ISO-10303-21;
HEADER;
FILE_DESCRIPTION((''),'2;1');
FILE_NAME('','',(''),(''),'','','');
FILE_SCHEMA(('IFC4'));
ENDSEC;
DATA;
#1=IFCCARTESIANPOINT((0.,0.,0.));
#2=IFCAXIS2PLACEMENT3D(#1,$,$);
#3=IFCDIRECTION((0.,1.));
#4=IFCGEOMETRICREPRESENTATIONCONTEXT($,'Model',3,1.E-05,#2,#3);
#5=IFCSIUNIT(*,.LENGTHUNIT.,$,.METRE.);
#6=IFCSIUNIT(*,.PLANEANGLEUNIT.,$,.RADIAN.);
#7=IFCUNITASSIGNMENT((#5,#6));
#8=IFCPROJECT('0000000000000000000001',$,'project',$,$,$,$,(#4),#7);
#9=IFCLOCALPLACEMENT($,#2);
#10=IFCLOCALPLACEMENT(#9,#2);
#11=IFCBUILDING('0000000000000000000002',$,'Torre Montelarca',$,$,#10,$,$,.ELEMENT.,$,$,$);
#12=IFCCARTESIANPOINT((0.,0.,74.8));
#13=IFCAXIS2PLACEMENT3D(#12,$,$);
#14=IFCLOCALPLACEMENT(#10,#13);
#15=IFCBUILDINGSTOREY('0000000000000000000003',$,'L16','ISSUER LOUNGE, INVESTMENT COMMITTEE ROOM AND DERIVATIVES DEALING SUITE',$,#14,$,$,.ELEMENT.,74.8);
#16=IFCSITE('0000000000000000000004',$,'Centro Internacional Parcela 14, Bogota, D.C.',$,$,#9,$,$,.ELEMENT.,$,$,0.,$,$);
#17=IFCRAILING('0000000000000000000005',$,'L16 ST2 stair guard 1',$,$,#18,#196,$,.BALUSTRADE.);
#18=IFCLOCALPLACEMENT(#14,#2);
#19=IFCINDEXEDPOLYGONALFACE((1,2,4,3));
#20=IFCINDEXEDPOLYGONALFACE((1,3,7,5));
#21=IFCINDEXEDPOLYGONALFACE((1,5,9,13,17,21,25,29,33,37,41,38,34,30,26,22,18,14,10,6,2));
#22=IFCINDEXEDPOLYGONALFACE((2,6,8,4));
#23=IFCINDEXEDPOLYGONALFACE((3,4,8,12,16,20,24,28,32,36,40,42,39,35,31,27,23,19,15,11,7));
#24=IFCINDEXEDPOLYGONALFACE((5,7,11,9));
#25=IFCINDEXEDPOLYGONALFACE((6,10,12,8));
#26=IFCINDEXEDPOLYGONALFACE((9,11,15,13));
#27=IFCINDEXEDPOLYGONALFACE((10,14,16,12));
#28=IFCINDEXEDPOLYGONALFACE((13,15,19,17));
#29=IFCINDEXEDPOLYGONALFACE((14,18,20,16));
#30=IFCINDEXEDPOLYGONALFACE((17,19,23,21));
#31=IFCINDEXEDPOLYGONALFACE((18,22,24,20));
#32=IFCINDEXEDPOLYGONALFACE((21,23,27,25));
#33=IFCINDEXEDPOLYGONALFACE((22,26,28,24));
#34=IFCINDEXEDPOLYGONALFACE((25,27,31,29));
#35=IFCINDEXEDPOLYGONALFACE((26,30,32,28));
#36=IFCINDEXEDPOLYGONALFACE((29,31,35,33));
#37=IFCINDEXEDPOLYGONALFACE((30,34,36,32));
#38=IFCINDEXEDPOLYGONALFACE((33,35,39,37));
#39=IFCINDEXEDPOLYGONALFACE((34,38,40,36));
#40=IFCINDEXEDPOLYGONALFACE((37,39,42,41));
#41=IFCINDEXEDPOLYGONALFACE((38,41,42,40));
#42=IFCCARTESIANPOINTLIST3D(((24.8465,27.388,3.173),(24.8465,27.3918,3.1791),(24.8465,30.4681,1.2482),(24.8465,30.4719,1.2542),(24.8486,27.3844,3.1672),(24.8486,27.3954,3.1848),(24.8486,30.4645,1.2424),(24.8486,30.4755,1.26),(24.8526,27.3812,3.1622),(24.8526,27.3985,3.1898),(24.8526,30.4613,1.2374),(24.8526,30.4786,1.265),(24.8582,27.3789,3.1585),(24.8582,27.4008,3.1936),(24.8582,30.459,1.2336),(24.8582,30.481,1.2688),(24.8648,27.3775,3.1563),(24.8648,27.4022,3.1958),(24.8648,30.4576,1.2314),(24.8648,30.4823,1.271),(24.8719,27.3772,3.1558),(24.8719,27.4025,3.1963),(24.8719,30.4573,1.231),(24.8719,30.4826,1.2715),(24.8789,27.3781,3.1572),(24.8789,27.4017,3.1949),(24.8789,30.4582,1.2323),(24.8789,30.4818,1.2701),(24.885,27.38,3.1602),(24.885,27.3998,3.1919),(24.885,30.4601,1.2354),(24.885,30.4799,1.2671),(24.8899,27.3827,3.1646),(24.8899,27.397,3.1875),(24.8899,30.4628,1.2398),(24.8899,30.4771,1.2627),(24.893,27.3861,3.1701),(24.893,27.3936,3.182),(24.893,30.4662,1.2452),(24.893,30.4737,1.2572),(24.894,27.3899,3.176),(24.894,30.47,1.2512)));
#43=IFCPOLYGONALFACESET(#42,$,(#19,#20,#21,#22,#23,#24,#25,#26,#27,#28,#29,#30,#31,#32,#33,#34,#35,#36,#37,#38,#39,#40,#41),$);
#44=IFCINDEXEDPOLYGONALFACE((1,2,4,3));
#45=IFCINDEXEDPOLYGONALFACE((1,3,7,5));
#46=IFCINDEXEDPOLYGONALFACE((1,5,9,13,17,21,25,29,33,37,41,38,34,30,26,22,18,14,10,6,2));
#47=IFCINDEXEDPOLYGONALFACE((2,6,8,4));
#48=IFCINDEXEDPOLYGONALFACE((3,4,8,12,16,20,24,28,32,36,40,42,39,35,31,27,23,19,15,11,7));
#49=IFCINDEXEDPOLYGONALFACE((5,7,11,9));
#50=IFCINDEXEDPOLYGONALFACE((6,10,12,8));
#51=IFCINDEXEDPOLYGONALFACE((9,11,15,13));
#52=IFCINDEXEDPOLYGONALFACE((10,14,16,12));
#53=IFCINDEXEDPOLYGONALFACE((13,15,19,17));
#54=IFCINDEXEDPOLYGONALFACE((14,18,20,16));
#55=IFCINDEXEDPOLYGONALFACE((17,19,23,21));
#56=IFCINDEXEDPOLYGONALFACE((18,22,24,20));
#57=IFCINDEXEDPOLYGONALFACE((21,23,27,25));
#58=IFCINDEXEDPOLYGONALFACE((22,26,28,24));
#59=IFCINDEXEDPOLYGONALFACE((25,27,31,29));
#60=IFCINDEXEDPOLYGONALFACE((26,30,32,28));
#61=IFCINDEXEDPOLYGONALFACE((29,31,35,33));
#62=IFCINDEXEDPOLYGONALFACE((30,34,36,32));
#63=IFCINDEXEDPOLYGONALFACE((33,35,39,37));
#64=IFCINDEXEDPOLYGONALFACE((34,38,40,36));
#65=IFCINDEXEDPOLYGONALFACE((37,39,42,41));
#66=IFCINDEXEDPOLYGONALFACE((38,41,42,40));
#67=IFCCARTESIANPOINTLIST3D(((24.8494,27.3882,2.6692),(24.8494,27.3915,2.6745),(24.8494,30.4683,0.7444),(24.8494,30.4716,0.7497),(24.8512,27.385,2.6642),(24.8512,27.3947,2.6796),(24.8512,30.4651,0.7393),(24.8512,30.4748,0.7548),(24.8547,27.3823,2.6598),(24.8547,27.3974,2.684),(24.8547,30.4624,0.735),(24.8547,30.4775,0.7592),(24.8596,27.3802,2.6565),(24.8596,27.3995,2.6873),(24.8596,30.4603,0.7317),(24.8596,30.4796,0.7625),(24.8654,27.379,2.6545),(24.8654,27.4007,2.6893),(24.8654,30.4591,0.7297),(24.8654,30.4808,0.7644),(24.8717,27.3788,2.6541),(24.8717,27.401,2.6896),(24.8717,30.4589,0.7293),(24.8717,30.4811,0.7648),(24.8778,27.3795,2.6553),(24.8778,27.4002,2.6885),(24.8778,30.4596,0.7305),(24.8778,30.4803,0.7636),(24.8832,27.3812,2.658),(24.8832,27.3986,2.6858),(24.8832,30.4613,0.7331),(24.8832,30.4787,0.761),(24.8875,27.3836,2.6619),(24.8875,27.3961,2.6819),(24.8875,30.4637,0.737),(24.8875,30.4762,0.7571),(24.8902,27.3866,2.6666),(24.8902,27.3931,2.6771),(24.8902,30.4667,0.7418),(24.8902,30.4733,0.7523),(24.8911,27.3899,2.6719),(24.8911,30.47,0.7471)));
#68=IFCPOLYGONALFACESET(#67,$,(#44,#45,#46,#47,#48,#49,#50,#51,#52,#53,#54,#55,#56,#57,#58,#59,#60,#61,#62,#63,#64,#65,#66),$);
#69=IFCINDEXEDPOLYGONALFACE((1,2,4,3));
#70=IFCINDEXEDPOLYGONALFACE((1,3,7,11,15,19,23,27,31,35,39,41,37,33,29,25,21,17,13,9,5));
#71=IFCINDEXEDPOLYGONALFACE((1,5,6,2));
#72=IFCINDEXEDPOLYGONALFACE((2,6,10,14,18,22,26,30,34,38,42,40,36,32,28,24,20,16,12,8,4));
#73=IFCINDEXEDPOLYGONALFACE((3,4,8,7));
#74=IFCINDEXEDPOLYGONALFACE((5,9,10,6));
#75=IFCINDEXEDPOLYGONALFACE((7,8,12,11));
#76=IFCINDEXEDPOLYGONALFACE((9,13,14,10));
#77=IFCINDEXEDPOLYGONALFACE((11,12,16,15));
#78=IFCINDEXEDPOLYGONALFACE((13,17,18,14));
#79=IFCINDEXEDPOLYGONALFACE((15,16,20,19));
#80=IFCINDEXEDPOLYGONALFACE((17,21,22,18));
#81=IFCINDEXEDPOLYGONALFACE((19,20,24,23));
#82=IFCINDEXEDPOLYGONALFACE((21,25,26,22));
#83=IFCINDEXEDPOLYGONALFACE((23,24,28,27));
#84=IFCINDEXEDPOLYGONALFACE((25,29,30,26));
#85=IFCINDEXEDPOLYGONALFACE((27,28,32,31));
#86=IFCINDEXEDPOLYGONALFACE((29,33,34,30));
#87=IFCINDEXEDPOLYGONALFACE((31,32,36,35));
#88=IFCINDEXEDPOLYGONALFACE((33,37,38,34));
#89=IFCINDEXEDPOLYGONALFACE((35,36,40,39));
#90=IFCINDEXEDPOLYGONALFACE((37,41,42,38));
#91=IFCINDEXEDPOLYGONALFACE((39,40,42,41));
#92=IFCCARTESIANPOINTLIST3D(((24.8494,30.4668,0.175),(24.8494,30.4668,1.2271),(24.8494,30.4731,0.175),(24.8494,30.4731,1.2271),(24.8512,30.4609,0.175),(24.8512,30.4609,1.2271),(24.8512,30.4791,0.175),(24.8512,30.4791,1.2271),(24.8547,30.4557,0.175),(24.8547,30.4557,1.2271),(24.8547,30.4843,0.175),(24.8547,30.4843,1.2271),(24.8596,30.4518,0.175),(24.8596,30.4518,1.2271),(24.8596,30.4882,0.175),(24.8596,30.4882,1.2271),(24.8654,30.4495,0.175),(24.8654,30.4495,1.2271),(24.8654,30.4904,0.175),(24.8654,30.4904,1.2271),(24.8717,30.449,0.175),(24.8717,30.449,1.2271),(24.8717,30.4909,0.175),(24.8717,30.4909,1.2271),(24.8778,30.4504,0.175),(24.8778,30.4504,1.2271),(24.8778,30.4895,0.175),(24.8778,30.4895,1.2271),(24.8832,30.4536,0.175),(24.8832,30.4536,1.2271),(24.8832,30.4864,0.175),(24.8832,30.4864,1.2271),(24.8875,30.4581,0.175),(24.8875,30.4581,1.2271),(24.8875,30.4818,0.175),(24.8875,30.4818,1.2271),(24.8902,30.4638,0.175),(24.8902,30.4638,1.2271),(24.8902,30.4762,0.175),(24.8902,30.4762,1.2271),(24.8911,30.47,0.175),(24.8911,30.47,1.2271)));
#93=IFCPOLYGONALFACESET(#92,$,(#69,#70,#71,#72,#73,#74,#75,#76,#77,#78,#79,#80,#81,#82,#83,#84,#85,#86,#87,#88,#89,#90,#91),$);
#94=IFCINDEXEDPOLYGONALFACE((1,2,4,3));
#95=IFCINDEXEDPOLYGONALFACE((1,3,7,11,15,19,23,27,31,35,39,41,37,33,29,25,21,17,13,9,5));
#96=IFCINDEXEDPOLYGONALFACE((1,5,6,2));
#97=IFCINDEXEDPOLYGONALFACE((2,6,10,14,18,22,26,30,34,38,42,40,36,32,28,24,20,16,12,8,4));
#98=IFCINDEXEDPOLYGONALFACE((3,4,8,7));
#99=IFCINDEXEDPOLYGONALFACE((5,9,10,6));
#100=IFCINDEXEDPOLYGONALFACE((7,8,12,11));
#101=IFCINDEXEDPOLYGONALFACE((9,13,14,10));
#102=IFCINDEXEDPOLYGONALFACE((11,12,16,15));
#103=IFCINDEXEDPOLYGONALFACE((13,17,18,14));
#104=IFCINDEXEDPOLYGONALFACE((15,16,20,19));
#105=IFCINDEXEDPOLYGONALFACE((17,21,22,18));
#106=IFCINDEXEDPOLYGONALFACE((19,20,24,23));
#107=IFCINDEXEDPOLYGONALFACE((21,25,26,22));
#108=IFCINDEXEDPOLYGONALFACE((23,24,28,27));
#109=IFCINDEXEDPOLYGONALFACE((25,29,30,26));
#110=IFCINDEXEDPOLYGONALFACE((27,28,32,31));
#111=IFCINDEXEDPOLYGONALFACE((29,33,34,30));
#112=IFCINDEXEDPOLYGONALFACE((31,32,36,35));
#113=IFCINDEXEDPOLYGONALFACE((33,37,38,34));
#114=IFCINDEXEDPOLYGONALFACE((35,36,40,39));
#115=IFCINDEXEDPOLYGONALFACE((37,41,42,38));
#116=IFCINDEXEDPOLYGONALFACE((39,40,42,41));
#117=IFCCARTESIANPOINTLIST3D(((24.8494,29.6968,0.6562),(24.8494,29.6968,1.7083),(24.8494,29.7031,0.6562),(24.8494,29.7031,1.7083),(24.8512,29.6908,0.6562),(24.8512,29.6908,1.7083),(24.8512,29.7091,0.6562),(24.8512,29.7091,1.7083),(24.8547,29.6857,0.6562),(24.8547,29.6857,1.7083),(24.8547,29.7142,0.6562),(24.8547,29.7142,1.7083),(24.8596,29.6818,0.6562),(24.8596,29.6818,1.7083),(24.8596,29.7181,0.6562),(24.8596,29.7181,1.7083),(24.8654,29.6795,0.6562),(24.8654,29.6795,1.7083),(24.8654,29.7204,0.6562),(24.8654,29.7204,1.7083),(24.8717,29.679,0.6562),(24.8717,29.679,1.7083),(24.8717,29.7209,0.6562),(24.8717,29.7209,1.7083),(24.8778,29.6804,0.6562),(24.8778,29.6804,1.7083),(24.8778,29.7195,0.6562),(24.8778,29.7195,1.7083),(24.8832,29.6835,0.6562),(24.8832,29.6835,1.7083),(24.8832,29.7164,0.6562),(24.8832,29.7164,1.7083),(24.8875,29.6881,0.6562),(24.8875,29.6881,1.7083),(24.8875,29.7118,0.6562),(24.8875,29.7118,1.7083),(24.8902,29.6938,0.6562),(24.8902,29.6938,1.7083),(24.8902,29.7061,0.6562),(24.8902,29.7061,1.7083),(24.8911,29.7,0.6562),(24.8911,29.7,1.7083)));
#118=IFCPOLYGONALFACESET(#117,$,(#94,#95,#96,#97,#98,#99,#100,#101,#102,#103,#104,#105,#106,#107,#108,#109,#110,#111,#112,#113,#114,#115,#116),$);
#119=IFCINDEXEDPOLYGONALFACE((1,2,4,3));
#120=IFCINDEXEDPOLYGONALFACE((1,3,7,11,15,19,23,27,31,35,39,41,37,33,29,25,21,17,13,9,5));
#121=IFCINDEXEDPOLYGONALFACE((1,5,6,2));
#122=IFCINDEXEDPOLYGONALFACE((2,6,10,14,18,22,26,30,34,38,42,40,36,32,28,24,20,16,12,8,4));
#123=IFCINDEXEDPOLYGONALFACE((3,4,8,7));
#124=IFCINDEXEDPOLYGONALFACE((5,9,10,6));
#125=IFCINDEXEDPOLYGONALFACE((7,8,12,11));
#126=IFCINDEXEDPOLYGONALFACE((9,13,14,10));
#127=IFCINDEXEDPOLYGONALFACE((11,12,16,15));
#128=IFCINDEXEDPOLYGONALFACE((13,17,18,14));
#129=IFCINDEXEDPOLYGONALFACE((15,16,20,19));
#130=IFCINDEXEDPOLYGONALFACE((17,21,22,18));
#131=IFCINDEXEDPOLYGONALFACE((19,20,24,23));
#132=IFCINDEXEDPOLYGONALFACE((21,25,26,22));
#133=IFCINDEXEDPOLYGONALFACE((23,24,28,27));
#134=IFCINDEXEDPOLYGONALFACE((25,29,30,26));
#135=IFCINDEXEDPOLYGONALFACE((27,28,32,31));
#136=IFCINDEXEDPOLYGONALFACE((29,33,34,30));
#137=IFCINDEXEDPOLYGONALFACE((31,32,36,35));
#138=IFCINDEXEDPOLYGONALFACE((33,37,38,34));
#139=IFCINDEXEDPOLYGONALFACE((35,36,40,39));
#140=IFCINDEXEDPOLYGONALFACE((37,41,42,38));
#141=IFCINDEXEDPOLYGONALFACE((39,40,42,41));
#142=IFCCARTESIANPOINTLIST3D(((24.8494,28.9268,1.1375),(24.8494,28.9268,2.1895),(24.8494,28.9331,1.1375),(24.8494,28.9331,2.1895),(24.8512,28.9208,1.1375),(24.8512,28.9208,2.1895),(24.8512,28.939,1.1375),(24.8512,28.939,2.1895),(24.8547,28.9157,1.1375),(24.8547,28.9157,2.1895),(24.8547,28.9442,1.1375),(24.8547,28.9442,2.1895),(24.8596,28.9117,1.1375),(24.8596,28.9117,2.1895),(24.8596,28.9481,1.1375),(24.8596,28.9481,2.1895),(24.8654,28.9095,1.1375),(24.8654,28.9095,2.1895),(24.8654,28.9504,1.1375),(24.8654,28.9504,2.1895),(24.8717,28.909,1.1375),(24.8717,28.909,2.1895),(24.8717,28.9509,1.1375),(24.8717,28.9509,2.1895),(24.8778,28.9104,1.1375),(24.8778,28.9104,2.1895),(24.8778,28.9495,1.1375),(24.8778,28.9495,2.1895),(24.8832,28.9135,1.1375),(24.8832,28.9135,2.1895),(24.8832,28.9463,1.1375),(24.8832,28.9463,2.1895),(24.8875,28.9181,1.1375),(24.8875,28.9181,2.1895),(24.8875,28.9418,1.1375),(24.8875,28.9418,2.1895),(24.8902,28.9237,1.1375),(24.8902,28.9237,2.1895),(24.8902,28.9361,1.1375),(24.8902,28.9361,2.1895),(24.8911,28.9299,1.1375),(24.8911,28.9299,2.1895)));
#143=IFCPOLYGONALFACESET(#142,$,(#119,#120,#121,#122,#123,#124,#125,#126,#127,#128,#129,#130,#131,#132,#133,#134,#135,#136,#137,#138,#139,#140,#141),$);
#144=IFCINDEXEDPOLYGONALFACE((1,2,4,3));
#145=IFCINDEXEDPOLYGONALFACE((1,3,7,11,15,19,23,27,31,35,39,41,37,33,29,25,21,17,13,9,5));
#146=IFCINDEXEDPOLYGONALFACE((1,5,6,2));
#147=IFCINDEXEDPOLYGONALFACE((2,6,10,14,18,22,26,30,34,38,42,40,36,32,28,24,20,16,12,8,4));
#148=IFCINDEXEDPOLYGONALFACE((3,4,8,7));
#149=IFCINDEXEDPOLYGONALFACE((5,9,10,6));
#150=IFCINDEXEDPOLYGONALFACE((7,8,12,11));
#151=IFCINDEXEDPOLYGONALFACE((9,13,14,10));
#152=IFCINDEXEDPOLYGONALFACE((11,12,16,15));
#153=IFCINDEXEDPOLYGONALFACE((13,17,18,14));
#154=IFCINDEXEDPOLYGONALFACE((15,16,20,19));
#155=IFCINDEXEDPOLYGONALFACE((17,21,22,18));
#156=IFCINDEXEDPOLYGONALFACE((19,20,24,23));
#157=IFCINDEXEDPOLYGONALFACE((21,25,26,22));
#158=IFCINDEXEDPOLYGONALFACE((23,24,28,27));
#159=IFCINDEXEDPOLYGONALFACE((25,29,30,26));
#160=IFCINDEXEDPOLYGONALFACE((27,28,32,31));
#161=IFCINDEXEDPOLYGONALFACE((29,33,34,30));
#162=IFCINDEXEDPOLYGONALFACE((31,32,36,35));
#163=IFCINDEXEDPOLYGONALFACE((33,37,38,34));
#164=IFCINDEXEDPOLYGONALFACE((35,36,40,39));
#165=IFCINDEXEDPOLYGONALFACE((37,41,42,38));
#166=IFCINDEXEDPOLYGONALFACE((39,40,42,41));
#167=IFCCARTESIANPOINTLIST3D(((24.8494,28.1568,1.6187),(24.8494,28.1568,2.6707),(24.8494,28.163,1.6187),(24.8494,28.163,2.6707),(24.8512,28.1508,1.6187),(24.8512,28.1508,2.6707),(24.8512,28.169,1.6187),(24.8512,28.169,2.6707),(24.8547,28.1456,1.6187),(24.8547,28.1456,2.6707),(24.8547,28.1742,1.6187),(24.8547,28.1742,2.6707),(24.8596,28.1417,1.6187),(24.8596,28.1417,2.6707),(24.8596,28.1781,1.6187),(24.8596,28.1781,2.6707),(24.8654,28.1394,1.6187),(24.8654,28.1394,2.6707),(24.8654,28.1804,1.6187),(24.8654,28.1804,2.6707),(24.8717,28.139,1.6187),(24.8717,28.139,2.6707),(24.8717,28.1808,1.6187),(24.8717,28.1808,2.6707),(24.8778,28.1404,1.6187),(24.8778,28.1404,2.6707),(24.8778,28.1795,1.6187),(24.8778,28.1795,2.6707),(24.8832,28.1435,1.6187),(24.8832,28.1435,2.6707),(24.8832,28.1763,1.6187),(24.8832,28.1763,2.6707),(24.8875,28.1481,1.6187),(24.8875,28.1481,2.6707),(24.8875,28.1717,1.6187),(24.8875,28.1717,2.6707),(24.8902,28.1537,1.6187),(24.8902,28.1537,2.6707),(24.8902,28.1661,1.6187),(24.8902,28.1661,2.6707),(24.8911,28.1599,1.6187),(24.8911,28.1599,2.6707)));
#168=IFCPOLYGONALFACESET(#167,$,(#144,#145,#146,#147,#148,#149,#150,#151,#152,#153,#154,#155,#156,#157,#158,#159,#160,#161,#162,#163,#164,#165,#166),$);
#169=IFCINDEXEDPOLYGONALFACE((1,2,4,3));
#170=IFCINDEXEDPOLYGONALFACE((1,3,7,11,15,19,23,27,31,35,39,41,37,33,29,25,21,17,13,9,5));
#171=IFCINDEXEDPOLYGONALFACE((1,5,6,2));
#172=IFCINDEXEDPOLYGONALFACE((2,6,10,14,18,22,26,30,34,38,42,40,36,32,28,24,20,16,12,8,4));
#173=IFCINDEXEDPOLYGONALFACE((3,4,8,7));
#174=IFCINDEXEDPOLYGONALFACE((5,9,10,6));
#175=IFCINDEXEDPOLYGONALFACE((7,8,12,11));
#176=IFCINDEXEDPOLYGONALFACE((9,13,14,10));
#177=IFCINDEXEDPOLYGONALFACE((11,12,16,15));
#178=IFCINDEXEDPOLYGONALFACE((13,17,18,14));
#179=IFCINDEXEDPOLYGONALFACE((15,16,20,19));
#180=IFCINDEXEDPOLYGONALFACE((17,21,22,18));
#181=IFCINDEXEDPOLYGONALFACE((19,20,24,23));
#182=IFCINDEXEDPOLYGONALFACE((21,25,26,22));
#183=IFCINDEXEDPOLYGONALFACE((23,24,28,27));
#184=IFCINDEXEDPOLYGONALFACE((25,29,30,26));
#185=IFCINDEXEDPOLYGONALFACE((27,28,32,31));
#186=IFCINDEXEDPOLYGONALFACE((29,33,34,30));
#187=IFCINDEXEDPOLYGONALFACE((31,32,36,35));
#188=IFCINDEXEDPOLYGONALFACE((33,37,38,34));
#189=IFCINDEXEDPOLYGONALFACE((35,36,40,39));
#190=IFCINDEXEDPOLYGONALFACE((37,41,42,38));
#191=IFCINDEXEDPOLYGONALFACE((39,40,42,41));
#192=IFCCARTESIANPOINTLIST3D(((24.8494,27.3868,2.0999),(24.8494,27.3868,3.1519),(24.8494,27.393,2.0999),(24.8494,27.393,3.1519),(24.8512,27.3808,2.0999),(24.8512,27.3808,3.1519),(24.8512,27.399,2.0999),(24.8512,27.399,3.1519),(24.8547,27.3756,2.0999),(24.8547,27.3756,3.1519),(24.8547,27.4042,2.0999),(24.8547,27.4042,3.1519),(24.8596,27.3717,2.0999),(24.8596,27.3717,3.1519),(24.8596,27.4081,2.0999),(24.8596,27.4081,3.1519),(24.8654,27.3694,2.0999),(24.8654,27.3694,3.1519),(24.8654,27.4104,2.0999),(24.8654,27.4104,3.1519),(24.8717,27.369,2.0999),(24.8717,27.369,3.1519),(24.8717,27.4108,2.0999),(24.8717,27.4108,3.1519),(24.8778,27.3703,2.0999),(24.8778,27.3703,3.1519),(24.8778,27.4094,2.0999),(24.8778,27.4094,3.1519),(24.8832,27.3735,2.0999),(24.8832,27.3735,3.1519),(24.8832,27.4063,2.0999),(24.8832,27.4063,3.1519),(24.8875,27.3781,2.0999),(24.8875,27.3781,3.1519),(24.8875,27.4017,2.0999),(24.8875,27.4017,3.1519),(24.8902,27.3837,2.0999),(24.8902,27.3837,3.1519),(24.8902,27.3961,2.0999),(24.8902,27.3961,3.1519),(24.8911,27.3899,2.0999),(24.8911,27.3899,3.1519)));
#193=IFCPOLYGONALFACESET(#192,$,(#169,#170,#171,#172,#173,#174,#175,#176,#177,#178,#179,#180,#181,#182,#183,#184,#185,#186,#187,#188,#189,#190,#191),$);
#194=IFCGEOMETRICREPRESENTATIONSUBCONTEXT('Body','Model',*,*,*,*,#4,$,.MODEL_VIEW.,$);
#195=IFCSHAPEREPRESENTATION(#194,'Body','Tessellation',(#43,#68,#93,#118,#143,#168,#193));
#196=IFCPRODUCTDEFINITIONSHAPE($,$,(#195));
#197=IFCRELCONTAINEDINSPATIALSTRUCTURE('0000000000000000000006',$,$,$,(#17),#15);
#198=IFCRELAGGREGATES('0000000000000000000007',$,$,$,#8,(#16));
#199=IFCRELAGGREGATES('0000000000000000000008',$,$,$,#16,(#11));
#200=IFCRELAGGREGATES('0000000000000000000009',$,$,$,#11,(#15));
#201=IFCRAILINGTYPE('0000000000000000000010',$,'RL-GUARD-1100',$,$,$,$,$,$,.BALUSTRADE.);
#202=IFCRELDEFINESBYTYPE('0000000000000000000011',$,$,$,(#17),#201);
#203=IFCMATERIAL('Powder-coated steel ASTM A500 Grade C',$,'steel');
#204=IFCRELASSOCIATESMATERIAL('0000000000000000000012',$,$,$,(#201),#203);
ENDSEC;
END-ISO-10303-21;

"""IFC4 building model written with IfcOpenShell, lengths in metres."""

from ifc_helpers import new_model, si_unit, direction, frame, origin, origin_2d, place, context, subcontext, project, spatial, circle, extrude, material, type_object, element, save


model = new_model("IFC4")

# Units and contexts
model_context = context("Model", 3, precision=1e-05, world=origin(), true_north=direction((0.0, 1.0)))
body_context = subcontext(model_context, "Body", "Model", "MODEL_VIEW")
ifc_project = project(units=[si_unit("LENGTHUNIT", "METRE"), si_unit("PLANEANGLEUNIT", "RADIAN")], contexts=[model_context])

# Site, building, storey
site_placement = place(None, origin())
site = spatial("IfcSite", under=ifc_project, at=site_placement, Name="Centro Internacional Parcela 14, Bogota, D.C.", CompositionType="ELEMENT", RefElevation=0.0)
building_placement = place(site_placement, origin())
building = spatial("IfcBuilding", under=site, at=building_placement, Name="Torre Montelarca", CompositionType="ELEMENT")
storey_placement = place(building_placement, frame((0.0, 0.0, 74.8)))
storey = spatial("IfcBuildingStorey", under=building, at=storey_placement, Name="L16", Description="ISSUER LOUNGE, INVESTMENT COMMITTEE ROOM AND DERIVATIVES DEALING SUITE", CompositionType="ELEMENT", Elevation=74.8)

# Railing
ifc_material_1 = material(Name="Powder-coated steel ASTM A500 Grade C", Category="steel")
railing_type_1 = type_object("IfcRailingType", Name="RL-GUARD-1100", PredefinedType="BALUSTRADE", material=ifc_material_1)
railing_1_placement = place(storey_placement, frame((24.8701, 30.47, 0.175)))
element("IfcRailing", 1, at=railing_1_placement, inside=storey, type_object=railing_type_1, Name="L16 ST2 stair guard 1", PredefinedType="BALUSTRADE", context=body_context, shape_type="SweptSolid", body=[
    extrude(circle(Radius=0.0239, at=origin_2d()), frame((0.0, 0.0, 1.0762), z_axis=(0.0, -0.848029, 0.529951), x_axis=(1.0, 0.0, 0.0)), (0.0, 0.0, 1.0), 3.6321),
    extrude(circle(Radius=0.021, at=origin_2d()), frame((0.0, 0.0, 0.572), z_axis=(0.0, -0.848029, 0.529951), x_axis=(1.0, 0.0, 0.0)), (0.0, 0.0, 1.0), 3.6321),
    extrude(circle(Radius=0.021, at=origin_2d()), origin(), (0.0, 0.0, 1.0), 1.052),
    extrude(circle(Radius=0.021, at=origin_2d()), frame((0.0, -0.77, 0.4812)), (0.0, 0.0, 1.0), 1.052),
    extrude(circle(Radius=0.021, at=origin_2d()), frame((0.0, -1.54, 0.9624)), (0.0, 0.0, 1.0), 1.052),
    extrude(circle(Radius=0.021, at=origin_2d()), frame((0.0, -2.3101, 1.4436)), (0.0, 0.0, 1.0), 1.052),
    extrude(circle(Radius=0.021, at=origin_2d()), frame((0.0, -3.0801, 1.9248)), (0.0, 0.0, 1.0), 1.052),
])

save(model, "model.ifc")
